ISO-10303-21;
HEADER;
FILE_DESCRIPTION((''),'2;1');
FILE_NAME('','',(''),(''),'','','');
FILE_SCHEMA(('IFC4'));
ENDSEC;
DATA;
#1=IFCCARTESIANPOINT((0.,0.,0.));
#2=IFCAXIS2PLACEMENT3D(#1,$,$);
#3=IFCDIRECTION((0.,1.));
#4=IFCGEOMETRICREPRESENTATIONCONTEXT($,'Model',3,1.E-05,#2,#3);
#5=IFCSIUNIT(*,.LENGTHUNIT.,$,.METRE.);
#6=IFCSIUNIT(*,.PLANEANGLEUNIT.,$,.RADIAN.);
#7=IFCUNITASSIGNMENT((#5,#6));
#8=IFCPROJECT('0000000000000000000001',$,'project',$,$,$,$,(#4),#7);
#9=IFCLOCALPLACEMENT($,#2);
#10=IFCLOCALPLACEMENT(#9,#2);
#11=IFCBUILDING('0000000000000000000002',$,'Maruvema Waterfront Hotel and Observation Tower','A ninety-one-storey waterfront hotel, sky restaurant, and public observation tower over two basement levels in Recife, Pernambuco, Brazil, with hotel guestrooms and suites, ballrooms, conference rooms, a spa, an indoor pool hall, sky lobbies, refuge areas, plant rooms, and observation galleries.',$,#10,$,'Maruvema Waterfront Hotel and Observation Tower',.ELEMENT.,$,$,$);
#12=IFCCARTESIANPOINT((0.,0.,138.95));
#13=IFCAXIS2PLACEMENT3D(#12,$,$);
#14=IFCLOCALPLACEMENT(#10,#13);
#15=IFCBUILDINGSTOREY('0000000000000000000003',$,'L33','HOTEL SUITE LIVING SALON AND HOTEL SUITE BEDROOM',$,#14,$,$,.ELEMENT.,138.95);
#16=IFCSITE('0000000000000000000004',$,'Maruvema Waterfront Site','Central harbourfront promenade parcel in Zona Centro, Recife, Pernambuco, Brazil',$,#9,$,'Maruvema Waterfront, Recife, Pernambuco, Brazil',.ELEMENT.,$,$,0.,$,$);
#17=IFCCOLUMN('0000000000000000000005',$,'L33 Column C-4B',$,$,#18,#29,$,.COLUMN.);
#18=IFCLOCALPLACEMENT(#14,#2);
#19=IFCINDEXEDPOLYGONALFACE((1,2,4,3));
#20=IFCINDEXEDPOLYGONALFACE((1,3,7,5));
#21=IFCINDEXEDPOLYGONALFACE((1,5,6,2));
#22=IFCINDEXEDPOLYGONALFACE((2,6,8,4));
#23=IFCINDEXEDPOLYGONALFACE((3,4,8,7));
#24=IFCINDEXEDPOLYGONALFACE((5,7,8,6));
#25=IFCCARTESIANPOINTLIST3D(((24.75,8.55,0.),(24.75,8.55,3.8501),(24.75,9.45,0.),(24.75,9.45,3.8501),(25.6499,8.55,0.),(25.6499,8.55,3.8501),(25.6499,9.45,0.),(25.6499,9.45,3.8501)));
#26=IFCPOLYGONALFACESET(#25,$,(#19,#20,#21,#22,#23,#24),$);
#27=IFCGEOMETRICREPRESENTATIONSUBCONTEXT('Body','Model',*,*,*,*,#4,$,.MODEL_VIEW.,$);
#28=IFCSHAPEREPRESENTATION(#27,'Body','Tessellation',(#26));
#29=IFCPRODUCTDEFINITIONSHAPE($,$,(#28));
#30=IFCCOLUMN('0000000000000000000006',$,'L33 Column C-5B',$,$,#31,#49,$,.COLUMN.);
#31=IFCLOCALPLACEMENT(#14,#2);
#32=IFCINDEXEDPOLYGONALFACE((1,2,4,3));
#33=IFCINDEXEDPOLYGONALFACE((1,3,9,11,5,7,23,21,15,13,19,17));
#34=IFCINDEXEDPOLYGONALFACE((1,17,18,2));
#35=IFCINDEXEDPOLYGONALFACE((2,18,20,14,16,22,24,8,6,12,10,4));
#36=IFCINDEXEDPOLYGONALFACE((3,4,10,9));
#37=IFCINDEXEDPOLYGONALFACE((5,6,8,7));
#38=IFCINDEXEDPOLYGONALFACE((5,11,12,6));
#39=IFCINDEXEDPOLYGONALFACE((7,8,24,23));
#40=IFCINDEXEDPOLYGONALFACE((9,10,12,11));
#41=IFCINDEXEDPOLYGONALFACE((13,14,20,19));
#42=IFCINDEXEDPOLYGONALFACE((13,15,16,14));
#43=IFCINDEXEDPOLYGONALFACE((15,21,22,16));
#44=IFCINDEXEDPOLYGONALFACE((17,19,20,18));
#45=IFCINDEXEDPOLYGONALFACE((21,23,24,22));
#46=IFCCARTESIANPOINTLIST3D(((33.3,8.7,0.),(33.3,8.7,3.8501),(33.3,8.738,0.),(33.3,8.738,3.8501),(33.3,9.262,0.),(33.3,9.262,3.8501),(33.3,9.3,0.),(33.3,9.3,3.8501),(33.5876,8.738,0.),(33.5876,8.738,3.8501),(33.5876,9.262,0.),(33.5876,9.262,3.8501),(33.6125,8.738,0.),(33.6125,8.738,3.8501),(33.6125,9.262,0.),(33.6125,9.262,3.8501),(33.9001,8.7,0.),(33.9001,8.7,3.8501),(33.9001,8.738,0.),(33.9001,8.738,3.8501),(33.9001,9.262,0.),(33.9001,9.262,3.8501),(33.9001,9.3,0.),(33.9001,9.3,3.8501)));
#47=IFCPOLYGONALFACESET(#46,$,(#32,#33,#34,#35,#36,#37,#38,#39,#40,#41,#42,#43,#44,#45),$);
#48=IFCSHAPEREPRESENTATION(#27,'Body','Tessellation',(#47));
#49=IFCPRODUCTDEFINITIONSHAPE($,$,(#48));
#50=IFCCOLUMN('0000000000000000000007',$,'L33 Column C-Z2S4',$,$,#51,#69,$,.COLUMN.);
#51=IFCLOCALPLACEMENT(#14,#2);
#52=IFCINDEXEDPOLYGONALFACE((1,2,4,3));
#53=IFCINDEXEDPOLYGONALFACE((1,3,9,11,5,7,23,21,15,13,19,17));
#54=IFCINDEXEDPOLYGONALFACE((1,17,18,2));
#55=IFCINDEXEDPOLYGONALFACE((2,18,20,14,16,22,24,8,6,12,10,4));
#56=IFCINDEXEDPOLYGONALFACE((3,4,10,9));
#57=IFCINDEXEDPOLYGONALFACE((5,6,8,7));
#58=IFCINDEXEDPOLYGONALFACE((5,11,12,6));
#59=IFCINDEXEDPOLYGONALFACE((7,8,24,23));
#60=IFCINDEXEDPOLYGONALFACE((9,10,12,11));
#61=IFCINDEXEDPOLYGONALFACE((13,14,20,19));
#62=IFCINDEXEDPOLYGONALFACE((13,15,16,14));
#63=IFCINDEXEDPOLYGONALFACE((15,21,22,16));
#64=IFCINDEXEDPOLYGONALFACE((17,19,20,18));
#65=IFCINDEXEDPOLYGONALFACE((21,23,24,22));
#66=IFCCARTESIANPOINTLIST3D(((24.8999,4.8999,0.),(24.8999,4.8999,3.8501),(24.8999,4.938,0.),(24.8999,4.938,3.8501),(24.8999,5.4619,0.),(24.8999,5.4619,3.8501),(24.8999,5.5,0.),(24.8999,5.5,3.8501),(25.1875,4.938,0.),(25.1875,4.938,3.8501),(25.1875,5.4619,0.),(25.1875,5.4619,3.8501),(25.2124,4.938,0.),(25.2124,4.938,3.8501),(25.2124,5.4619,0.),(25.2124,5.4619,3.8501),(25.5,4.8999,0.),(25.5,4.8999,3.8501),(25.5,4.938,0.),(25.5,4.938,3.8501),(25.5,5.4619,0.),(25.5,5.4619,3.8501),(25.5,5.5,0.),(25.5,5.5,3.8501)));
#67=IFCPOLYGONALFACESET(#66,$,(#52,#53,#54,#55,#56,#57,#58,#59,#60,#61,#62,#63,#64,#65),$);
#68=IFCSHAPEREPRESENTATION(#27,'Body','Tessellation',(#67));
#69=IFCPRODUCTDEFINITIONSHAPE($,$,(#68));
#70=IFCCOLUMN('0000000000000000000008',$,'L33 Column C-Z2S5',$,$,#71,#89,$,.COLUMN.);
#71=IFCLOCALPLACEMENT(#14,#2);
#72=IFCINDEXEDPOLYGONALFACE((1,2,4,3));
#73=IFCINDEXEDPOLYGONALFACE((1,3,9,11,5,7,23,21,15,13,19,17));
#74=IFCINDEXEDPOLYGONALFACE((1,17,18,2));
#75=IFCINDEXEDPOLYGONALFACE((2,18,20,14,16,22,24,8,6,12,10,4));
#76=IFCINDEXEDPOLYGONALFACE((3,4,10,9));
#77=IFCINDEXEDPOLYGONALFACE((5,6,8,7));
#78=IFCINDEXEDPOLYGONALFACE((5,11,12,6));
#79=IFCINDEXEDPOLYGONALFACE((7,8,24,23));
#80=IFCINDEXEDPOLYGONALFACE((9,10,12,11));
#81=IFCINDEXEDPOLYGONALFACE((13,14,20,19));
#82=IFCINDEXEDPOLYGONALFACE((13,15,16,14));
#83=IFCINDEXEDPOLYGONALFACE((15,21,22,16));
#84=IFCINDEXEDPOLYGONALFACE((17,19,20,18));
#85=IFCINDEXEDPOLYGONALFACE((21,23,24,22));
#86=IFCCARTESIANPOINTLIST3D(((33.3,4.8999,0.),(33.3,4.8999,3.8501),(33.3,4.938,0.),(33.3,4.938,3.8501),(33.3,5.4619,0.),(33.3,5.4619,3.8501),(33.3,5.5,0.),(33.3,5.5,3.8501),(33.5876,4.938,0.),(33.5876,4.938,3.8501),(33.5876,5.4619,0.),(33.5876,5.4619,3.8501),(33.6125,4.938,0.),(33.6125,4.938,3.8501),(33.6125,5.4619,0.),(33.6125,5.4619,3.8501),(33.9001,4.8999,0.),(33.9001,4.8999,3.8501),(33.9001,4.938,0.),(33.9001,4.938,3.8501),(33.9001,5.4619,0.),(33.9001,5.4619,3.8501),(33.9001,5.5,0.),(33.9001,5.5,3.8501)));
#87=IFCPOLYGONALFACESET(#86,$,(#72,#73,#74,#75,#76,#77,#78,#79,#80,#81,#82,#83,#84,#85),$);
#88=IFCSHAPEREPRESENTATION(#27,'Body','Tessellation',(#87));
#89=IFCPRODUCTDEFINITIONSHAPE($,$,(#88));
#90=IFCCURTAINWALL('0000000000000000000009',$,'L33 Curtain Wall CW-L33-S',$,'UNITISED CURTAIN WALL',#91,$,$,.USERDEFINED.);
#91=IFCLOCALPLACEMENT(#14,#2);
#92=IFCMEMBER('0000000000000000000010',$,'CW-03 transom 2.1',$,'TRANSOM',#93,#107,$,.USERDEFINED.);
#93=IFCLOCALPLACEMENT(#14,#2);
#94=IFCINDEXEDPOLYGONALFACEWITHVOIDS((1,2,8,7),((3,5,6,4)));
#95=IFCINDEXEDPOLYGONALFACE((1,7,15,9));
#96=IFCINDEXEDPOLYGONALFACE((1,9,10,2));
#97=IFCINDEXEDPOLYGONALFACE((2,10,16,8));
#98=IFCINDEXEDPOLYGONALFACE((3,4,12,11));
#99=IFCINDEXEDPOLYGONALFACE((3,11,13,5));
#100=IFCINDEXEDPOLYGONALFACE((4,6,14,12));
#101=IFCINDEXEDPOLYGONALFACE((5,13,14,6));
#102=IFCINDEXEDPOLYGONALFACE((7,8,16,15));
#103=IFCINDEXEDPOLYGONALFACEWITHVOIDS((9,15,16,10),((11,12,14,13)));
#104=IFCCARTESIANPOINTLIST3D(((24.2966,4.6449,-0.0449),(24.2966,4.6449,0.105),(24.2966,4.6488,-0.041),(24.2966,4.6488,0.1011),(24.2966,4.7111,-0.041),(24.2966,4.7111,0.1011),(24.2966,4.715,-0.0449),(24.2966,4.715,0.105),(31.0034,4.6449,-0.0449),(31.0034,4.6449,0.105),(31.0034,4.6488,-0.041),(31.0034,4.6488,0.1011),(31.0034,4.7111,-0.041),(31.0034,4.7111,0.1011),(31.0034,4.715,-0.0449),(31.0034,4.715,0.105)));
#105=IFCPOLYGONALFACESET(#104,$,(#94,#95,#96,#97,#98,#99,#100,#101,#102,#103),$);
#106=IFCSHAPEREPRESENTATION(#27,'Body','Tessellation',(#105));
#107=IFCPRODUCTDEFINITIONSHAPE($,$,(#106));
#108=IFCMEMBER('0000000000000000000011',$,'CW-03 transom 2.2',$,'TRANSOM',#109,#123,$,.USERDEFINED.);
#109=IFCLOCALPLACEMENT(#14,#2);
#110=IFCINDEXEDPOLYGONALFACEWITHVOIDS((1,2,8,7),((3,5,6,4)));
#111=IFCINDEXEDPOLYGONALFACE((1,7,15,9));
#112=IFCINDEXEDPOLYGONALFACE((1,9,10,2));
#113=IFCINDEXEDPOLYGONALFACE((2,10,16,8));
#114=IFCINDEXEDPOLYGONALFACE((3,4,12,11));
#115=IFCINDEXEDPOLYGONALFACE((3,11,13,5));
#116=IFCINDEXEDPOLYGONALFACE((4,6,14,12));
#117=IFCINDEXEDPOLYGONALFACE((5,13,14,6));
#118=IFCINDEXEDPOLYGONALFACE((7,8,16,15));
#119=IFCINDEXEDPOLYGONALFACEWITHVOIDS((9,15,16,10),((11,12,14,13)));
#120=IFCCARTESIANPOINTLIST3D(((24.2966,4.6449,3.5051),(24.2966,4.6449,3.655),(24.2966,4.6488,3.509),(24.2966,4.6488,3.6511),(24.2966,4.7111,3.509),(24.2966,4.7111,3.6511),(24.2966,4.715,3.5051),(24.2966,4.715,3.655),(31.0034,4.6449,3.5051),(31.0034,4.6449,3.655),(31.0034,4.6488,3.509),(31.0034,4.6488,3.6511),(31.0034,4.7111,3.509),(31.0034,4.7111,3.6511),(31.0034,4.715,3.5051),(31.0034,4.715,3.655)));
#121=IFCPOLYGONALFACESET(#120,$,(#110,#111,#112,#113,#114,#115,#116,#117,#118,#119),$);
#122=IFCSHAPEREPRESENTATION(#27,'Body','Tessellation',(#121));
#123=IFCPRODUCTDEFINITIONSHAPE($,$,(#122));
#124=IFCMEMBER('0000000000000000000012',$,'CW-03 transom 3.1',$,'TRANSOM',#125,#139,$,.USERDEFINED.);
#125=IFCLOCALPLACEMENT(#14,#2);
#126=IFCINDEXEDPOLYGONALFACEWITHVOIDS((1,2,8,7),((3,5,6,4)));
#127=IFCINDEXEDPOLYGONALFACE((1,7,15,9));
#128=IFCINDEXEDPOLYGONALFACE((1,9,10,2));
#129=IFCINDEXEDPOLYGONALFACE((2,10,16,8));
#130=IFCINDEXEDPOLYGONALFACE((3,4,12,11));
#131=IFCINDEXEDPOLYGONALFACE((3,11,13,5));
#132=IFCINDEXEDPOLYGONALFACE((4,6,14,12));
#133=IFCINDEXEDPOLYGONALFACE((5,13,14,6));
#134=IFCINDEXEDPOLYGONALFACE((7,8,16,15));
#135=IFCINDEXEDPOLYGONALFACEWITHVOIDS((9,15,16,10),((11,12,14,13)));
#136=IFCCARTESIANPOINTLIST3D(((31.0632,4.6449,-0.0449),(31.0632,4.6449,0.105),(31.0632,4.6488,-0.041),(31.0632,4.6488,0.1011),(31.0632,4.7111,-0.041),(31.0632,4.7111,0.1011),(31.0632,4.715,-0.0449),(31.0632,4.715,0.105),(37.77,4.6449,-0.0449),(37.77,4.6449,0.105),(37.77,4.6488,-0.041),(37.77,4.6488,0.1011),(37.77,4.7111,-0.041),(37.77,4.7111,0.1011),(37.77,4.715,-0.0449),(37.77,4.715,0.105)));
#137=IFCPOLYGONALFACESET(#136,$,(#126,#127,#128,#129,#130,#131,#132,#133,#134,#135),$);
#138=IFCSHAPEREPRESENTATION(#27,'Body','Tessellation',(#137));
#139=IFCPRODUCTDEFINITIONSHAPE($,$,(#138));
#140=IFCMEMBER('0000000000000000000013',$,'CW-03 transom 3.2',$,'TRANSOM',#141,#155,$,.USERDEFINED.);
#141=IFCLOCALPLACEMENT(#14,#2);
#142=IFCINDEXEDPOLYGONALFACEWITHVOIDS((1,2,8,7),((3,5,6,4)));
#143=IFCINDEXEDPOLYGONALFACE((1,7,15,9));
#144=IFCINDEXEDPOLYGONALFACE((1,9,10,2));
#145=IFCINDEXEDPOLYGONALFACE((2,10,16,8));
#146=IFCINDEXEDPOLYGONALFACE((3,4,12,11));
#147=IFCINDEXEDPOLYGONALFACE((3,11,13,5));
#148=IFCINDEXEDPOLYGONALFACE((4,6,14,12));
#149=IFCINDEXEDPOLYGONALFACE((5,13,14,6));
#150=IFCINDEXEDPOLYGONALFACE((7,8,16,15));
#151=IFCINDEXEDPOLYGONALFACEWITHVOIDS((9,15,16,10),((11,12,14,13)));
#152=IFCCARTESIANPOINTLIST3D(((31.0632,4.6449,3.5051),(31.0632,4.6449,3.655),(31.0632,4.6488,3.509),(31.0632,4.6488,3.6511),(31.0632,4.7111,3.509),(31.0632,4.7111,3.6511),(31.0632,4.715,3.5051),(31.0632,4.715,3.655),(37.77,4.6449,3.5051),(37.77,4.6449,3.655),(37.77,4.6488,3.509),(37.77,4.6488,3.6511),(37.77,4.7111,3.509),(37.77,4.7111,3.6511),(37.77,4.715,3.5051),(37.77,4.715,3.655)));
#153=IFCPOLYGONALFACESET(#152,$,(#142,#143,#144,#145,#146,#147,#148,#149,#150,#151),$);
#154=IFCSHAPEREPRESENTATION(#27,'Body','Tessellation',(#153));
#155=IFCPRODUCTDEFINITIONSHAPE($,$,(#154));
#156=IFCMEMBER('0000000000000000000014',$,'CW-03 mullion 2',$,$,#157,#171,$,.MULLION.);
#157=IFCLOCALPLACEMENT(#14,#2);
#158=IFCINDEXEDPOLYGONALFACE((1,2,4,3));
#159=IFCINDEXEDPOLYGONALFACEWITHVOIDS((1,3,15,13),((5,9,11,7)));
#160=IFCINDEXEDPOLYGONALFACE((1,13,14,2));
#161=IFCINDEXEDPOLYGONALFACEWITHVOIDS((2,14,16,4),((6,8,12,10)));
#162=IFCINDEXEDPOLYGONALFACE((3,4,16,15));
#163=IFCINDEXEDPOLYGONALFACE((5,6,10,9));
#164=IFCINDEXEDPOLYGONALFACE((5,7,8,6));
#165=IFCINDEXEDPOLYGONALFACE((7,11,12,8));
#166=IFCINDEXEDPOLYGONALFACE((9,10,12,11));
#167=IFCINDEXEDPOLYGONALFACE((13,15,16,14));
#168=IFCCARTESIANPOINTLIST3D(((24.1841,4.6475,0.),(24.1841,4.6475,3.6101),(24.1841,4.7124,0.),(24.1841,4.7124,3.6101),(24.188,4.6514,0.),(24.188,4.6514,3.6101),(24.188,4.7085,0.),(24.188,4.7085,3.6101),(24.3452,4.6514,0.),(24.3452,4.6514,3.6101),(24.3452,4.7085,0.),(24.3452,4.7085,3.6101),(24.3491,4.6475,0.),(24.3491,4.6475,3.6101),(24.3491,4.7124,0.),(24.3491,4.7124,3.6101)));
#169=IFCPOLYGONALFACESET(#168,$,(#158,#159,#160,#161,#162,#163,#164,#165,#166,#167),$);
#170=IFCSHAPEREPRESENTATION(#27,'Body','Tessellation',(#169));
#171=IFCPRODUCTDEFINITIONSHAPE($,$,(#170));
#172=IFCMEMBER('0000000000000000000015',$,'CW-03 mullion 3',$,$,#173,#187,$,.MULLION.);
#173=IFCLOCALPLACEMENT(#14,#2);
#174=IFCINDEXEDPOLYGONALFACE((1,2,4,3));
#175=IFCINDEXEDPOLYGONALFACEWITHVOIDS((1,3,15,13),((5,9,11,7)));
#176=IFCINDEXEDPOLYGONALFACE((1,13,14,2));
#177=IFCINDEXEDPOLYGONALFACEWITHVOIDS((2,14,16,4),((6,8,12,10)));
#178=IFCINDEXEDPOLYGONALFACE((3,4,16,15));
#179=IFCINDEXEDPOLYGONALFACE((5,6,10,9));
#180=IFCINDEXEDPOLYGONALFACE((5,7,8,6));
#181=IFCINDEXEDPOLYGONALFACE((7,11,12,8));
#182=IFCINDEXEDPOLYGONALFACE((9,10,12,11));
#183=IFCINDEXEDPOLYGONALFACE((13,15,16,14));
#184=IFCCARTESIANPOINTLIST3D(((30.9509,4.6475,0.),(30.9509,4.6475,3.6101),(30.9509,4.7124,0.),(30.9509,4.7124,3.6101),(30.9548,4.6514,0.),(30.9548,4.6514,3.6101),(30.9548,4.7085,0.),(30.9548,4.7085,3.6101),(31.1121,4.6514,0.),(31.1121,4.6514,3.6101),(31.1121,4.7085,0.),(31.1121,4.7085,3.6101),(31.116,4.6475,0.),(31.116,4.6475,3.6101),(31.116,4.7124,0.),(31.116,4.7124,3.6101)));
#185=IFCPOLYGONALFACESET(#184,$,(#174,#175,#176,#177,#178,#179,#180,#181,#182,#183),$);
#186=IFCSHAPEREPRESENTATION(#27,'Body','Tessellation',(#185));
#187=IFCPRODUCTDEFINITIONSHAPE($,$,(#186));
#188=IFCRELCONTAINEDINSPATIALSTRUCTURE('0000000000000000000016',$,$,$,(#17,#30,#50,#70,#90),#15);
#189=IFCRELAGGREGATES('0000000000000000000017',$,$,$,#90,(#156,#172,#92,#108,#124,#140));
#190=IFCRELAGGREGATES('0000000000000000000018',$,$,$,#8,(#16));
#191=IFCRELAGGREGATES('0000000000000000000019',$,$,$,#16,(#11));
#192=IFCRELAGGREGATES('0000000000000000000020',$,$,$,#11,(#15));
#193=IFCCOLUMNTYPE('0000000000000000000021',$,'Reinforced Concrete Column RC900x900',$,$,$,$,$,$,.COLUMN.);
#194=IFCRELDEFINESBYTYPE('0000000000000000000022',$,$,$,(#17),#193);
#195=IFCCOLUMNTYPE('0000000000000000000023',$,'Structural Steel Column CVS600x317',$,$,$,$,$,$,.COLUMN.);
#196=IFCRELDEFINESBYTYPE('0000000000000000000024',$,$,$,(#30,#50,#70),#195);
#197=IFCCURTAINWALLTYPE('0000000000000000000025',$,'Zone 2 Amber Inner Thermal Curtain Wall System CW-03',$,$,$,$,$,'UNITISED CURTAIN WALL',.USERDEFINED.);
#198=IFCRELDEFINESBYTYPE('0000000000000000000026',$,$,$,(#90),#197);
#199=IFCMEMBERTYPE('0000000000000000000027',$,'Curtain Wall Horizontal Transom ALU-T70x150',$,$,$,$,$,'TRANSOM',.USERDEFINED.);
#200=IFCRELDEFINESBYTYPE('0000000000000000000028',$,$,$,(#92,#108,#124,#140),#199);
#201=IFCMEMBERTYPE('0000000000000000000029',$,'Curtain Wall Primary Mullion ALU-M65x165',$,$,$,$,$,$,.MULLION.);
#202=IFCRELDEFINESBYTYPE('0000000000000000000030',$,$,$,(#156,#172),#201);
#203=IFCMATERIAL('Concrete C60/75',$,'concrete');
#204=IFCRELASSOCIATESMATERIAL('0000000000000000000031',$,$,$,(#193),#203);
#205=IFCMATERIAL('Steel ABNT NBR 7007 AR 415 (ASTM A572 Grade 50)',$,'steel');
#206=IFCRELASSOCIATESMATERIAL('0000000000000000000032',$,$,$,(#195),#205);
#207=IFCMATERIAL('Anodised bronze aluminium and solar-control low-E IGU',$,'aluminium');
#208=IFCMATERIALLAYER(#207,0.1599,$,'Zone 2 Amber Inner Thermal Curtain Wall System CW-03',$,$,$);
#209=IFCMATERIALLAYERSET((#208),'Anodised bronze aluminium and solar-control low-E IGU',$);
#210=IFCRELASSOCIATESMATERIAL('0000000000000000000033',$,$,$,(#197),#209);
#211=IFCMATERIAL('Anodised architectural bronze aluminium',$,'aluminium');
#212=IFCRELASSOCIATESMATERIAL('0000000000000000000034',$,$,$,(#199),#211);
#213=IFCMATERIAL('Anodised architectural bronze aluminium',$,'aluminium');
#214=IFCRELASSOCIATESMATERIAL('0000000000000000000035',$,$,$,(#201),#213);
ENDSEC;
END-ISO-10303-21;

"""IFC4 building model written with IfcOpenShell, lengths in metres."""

from ifc_helpers import new_model, si_unit, direction, frame, origin, origin_2d, place, context, subcontext, project, spatial, rectangle, hollow_rectangle, i_section, extrude, material, layer, layer_set, material_profile, profile_set, type_object, element, aggregate, save


model = new_model("IFC4")

# Units and contexts
model_context = context("Model", 3, precision=1e-05, world=origin(), true_north=direction((0.0, 1.0)))
body_context = subcontext(model_context, "Body", "Model", "MODEL_VIEW")
ifc_project = project(units=[si_unit("LENGTHUNIT", "METRE"), si_unit("PLANEANGLEUNIT", "RADIAN")], contexts=[model_context])

# Site, building, storey
site_placement = place(None, origin())
site = spatial("IfcSite", under=ifc_project, at=site_placement, Name="Maruvema Waterfront Site", Description="Central harbourfront promenade parcel in Zona Centro, Recife, Pernambuco, Brazil", LongName="Maruvema Waterfront, Recife, Pernambuco, Brazil", CompositionType="ELEMENT", RefElevation=0.0)
building_placement = place(site_placement, origin())
building = spatial("IfcBuilding", under=site, at=building_placement, Name="Maruvema Waterfront Hotel and Observation Tower", Description="A ninety-one-storey waterfront hotel, sky restaurant, and public observation tower over two basement levels in Recife, Pernambuco, Brazil, with hotel guestrooms and suites, ballrooms, conference rooms, a spa, an indoor pool hall, sky lobbies, refuge areas, plant rooms, and observation galleries.", LongName="Maruvema Waterfront Hotel and Observation Tower", CompositionType="ELEMENT")
storey_placement = place(building_placement, frame((0.0, 0.0, 138.95)))
storey = spatial("IfcBuildingStorey", under=building, at=storey_placement, Name="L33", Description="HOTEL SUITE LIVING SALON AND HOTEL SUITE BEDROOM", CompositionType="ELEMENT", Elevation=138.95)

# Columns
ifc_material_1 = material(Name="Concrete C60/75", Category="concrete")
ifc_material_profile_1 = material_profile(ifc_material_1, rectangle(XDim=0.8999, YDim=0.8999, at=origin_2d()), Name="RC900x900")
ifc_profile_set_1 = profile_set([ifc_material_profile_1], Name="Concrete C60/75")
column_type_1 = type_object("IfcColumnType", Name="Reinforced Concrete Column RC900x900", PredefinedType="COLUMN", material=ifc_profile_set_1)
column_placement = place(storey_placement, frame((25.2, 9.0, 0.0), z_axis=(0.0, 0.0, 1.0), x_axis=(1.0, 0.0, 0.0)))
element("IfcColumn", 1, at=column_placement, inside=storey, type_object=column_type_1, Name="L33 Column C-4B", PredefinedType="COLUMN", context=body_context, shape_type="SweptSolid", body=[
    extrude(rectangle(XDim=0.8999, YDim=0.8999, at=origin_2d()), origin(), (0.0, 0.0, 1.0), 3.8501),
])
ifc_material_2 = material(Name="Steel ABNT NBR 7007 AR 415 (ASTM A572 Grade 50)", Category="steel")
ifc_material_profile_2 = material_profile(ifc_material_2, i_section(OverallWidth=0.6001, OverallDepth=0.6001, WebThickness=0.0249, FlangeThickness=0.0381, at=origin_2d()), Name="CVS600x317")
ifc_profile_set_2 = profile_set([ifc_material_profile_2], Name="Steel ABNT NBR 7007 AR 415 (ASTM A572 Grade 50)")
column_type_2 = type_object("IfcColumnType", Name="Structural Steel Column CVS600x317", PredefinedType="COLUMN", material=ifc_profile_set_2)
for number, where, z_axis, x_axis, name in (
    (2, (33.6001, 9.0, 0.0), (0.0, 0.0, 1.0), (1.0, 0.0, 0.0), "L33 Column C-5B"),
    (3, (25.2, 5.2, 0.0), (0.0, 0.0, 1.0), (1.0, 0.0, 0.0), "L33 Column C-Z2S4"),
    (4, (33.6001, 5.2, 0.0), (0.0, 0.0, 1.0), (1.0, 0.0, 0.0), "L33 Column C-Z2S5"),
):
    element("IfcColumn", number, at=place(storey_placement, frame(where, z_axis=z_axis, x_axis=x_axis)), inside=storey, type_object=column_type_2, Name=name, PredefinedType="COLUMN", context=body_context, shape_type="SweptSolid", body=[
        extrude(i_section(OverallWidth=0.6001, OverallDepth=0.6001, WebThickness=0.0249, FlangeThickness=0.0381, at=origin_2d()), origin(), (0.0, 0.0, 1.0), 3.8501),
    ])

# Curtain wall, members
ifc_material_3 = material(Name="Anodised bronze aluminium and solar-control low-E IGU", Category="aluminium")
ifc_layer_1 = layer(ifc_material_3, 0.1599, Name="Zone 2 Amber Inner Thermal Curtain Wall System CW-03")
ifc_layer_set_1 = layer_set([ifc_layer_1], Name="Anodised bronze aluminium and solar-control low-E IGU")
curtain_wall_type = type_object("IfcCurtainWallType", Name="Zone 2 Amber Inner Thermal Curtain Wall System CW-03", ElementType="UNITISED CURTAIN WALL", PredefinedType="USERDEFINED", material=ifc_layer_set_1)
curtain_wall_placement = place(storey_placement, origin())
curtain_wall = element("IfcCurtainWall", 5, at=curtain_wall_placement, inside=storey, type_object=curtain_wall_type, Name="L33 Curtain Wall CW-L33-S", ObjectType="UNITISED CURTAIN WALL", PredefinedType="USERDEFINED")
ifc_material_4 = material(Name="Anodised architectural bronze aluminium", Category="aluminium")
ifc_material_profile_3 = material_profile(ifc_material_4, hollow_rectangle(XDim=0.0701, YDim=0.1499, WallThickness=0.0039, at=origin_2d()), Name="ALU-T70x150")
ifc_profile_set_3 = profile_set([ifc_material_profile_3], Name="Anodised architectural bronze aluminium")
member_type_1 = type_object("IfcMemberType", Name="Curtain Wall Horizontal Transom ALU-T70x150", ElementType="TRANSOM", PredefinedType="USERDEFINED", material=ifc_profile_set_3)
member_1_placement = place(storey_placement, frame((24.2966, 4.6799, 0.03), z_axis=(1.0, 0.0, 0.0), x_axis=(0.0, 1.0, 0.0)))
member_1 = element("IfcMember", 6, at=member_1_placement, type_object=member_type_1, Name="CW-03 transom 2.1", ObjectType="TRANSOM", PredefinedType="USERDEFINED", context=body_context, shape_type="SweptSolid", body=[
    extrude(hollow_rectangle(XDim=0.0701, YDim=0.1499, WallThickness=0.0039, at=origin_2d()), origin(), (0.0, 0.0, 1.0), 6.7068),
])
member_2_placement = place(storey_placement, frame((24.2966, 4.6799, 3.5801), z_axis=(1.0, 0.0, 0.0), x_axis=(0.0, 1.0, 0.0)))
member_2 = element("IfcMember", 7, at=member_2_placement, type_object=member_type_1, Name="CW-03 transom 2.2", ObjectType="TRANSOM", PredefinedType="USERDEFINED", context=body_context, shape_type="SweptSolid", body=[
    extrude(hollow_rectangle(XDim=0.0701, YDim=0.1499, WallThickness=0.0039, at=origin_2d()), origin(), (0.0, 0.0, 1.0), 6.7068),
])
member_3_placement = place(storey_placement, frame((31.0632, 4.6799, 0.03), z_axis=(1.0, 0.0, 0.0), x_axis=(0.0, 1.0, 0.0)))
member_3 = element("IfcMember", 8, at=member_3_placement, type_object=member_type_1, Name="CW-03 transom 3.1", ObjectType="TRANSOM", PredefinedType="USERDEFINED", context=body_context, shape_type="SweptSolid", body=[
    extrude(hollow_rectangle(XDim=0.0701, YDim=0.1499, WallThickness=0.0039, at=origin_2d()), origin(), (0.0, 0.0, 1.0), 6.7068),
])
member_4_placement = place(storey_placement, frame((31.0632, 4.6799, 3.5801), z_axis=(1.0, 0.0, 0.0), x_axis=(0.0, 1.0, 0.0)))
member_4 = element("IfcMember", 9, at=member_4_placement, type_object=member_type_1, Name="CW-03 transom 3.2", ObjectType="TRANSOM", PredefinedType="USERDEFINED", context=body_context, shape_type="SweptSolid", body=[
    extrude(hollow_rectangle(XDim=0.0701, YDim=0.1499, WallThickness=0.0039, at=origin_2d()), origin(), (0.0, 0.0, 1.0), 6.7068),
])
ifc_material_5 = material(Name="Anodised architectural bronze aluminium", Category="aluminium")
ifc_material_profile_4 = material_profile(ifc_material_5, hollow_rectangle(XDim=0.0649, YDim=0.165, WallThickness=0.0039, at=origin_2d()), Name="ALU-M65x165")
ifc_profile_set_4 = profile_set([ifc_material_profile_4], Name="Anodised architectural bronze aluminium")
member_type_2 = type_object("IfcMemberType", Name="Curtain Wall Primary Mullion ALU-M65x165", PredefinedType="MULLION", material=ifc_profile_set_4)
member_5_placement = place(storey_placement, frame((24.2666, 4.6799, 0.0), z_axis=(0.0, 0.0, 1.0), x_axis=(0.0, 1.0, 0.0)))
member_5 = element("IfcMember", 10, at=member_5_placement, type_object=member_type_2, Name="CW-03 mullion 2", PredefinedType="MULLION", context=body_context, shape_type="SweptSolid", body=[
    extrude(hollow_rectangle(XDim=0.0649, YDim=0.165, WallThickness=0.0039, at=origin_2d()), origin(), (0.0, 0.0, 1.0), 3.6101),
])
member_6_placement = place(storey_placement, frame((31.0334, 4.6799, 0.0), z_axis=(0.0, 0.0, 1.0), x_axis=(0.0, 1.0, 0.0)))
member_6 = element("IfcMember", 11, at=member_6_placement, type_object=member_type_2, Name="CW-03 mullion 3", PredefinedType="MULLION", context=body_context, shape_type="SweptSolid", body=[
    extrude(hollow_rectangle(XDim=0.0649, YDim=0.165, WallThickness=0.0039, at=origin_2d()), origin(), (0.0, 0.0, 1.0), 3.6101),
])

aggregate(curtain_wall, [member_5, member_6, member_1, member_2, member_3, member_4])

save(model, "model.ifc")
